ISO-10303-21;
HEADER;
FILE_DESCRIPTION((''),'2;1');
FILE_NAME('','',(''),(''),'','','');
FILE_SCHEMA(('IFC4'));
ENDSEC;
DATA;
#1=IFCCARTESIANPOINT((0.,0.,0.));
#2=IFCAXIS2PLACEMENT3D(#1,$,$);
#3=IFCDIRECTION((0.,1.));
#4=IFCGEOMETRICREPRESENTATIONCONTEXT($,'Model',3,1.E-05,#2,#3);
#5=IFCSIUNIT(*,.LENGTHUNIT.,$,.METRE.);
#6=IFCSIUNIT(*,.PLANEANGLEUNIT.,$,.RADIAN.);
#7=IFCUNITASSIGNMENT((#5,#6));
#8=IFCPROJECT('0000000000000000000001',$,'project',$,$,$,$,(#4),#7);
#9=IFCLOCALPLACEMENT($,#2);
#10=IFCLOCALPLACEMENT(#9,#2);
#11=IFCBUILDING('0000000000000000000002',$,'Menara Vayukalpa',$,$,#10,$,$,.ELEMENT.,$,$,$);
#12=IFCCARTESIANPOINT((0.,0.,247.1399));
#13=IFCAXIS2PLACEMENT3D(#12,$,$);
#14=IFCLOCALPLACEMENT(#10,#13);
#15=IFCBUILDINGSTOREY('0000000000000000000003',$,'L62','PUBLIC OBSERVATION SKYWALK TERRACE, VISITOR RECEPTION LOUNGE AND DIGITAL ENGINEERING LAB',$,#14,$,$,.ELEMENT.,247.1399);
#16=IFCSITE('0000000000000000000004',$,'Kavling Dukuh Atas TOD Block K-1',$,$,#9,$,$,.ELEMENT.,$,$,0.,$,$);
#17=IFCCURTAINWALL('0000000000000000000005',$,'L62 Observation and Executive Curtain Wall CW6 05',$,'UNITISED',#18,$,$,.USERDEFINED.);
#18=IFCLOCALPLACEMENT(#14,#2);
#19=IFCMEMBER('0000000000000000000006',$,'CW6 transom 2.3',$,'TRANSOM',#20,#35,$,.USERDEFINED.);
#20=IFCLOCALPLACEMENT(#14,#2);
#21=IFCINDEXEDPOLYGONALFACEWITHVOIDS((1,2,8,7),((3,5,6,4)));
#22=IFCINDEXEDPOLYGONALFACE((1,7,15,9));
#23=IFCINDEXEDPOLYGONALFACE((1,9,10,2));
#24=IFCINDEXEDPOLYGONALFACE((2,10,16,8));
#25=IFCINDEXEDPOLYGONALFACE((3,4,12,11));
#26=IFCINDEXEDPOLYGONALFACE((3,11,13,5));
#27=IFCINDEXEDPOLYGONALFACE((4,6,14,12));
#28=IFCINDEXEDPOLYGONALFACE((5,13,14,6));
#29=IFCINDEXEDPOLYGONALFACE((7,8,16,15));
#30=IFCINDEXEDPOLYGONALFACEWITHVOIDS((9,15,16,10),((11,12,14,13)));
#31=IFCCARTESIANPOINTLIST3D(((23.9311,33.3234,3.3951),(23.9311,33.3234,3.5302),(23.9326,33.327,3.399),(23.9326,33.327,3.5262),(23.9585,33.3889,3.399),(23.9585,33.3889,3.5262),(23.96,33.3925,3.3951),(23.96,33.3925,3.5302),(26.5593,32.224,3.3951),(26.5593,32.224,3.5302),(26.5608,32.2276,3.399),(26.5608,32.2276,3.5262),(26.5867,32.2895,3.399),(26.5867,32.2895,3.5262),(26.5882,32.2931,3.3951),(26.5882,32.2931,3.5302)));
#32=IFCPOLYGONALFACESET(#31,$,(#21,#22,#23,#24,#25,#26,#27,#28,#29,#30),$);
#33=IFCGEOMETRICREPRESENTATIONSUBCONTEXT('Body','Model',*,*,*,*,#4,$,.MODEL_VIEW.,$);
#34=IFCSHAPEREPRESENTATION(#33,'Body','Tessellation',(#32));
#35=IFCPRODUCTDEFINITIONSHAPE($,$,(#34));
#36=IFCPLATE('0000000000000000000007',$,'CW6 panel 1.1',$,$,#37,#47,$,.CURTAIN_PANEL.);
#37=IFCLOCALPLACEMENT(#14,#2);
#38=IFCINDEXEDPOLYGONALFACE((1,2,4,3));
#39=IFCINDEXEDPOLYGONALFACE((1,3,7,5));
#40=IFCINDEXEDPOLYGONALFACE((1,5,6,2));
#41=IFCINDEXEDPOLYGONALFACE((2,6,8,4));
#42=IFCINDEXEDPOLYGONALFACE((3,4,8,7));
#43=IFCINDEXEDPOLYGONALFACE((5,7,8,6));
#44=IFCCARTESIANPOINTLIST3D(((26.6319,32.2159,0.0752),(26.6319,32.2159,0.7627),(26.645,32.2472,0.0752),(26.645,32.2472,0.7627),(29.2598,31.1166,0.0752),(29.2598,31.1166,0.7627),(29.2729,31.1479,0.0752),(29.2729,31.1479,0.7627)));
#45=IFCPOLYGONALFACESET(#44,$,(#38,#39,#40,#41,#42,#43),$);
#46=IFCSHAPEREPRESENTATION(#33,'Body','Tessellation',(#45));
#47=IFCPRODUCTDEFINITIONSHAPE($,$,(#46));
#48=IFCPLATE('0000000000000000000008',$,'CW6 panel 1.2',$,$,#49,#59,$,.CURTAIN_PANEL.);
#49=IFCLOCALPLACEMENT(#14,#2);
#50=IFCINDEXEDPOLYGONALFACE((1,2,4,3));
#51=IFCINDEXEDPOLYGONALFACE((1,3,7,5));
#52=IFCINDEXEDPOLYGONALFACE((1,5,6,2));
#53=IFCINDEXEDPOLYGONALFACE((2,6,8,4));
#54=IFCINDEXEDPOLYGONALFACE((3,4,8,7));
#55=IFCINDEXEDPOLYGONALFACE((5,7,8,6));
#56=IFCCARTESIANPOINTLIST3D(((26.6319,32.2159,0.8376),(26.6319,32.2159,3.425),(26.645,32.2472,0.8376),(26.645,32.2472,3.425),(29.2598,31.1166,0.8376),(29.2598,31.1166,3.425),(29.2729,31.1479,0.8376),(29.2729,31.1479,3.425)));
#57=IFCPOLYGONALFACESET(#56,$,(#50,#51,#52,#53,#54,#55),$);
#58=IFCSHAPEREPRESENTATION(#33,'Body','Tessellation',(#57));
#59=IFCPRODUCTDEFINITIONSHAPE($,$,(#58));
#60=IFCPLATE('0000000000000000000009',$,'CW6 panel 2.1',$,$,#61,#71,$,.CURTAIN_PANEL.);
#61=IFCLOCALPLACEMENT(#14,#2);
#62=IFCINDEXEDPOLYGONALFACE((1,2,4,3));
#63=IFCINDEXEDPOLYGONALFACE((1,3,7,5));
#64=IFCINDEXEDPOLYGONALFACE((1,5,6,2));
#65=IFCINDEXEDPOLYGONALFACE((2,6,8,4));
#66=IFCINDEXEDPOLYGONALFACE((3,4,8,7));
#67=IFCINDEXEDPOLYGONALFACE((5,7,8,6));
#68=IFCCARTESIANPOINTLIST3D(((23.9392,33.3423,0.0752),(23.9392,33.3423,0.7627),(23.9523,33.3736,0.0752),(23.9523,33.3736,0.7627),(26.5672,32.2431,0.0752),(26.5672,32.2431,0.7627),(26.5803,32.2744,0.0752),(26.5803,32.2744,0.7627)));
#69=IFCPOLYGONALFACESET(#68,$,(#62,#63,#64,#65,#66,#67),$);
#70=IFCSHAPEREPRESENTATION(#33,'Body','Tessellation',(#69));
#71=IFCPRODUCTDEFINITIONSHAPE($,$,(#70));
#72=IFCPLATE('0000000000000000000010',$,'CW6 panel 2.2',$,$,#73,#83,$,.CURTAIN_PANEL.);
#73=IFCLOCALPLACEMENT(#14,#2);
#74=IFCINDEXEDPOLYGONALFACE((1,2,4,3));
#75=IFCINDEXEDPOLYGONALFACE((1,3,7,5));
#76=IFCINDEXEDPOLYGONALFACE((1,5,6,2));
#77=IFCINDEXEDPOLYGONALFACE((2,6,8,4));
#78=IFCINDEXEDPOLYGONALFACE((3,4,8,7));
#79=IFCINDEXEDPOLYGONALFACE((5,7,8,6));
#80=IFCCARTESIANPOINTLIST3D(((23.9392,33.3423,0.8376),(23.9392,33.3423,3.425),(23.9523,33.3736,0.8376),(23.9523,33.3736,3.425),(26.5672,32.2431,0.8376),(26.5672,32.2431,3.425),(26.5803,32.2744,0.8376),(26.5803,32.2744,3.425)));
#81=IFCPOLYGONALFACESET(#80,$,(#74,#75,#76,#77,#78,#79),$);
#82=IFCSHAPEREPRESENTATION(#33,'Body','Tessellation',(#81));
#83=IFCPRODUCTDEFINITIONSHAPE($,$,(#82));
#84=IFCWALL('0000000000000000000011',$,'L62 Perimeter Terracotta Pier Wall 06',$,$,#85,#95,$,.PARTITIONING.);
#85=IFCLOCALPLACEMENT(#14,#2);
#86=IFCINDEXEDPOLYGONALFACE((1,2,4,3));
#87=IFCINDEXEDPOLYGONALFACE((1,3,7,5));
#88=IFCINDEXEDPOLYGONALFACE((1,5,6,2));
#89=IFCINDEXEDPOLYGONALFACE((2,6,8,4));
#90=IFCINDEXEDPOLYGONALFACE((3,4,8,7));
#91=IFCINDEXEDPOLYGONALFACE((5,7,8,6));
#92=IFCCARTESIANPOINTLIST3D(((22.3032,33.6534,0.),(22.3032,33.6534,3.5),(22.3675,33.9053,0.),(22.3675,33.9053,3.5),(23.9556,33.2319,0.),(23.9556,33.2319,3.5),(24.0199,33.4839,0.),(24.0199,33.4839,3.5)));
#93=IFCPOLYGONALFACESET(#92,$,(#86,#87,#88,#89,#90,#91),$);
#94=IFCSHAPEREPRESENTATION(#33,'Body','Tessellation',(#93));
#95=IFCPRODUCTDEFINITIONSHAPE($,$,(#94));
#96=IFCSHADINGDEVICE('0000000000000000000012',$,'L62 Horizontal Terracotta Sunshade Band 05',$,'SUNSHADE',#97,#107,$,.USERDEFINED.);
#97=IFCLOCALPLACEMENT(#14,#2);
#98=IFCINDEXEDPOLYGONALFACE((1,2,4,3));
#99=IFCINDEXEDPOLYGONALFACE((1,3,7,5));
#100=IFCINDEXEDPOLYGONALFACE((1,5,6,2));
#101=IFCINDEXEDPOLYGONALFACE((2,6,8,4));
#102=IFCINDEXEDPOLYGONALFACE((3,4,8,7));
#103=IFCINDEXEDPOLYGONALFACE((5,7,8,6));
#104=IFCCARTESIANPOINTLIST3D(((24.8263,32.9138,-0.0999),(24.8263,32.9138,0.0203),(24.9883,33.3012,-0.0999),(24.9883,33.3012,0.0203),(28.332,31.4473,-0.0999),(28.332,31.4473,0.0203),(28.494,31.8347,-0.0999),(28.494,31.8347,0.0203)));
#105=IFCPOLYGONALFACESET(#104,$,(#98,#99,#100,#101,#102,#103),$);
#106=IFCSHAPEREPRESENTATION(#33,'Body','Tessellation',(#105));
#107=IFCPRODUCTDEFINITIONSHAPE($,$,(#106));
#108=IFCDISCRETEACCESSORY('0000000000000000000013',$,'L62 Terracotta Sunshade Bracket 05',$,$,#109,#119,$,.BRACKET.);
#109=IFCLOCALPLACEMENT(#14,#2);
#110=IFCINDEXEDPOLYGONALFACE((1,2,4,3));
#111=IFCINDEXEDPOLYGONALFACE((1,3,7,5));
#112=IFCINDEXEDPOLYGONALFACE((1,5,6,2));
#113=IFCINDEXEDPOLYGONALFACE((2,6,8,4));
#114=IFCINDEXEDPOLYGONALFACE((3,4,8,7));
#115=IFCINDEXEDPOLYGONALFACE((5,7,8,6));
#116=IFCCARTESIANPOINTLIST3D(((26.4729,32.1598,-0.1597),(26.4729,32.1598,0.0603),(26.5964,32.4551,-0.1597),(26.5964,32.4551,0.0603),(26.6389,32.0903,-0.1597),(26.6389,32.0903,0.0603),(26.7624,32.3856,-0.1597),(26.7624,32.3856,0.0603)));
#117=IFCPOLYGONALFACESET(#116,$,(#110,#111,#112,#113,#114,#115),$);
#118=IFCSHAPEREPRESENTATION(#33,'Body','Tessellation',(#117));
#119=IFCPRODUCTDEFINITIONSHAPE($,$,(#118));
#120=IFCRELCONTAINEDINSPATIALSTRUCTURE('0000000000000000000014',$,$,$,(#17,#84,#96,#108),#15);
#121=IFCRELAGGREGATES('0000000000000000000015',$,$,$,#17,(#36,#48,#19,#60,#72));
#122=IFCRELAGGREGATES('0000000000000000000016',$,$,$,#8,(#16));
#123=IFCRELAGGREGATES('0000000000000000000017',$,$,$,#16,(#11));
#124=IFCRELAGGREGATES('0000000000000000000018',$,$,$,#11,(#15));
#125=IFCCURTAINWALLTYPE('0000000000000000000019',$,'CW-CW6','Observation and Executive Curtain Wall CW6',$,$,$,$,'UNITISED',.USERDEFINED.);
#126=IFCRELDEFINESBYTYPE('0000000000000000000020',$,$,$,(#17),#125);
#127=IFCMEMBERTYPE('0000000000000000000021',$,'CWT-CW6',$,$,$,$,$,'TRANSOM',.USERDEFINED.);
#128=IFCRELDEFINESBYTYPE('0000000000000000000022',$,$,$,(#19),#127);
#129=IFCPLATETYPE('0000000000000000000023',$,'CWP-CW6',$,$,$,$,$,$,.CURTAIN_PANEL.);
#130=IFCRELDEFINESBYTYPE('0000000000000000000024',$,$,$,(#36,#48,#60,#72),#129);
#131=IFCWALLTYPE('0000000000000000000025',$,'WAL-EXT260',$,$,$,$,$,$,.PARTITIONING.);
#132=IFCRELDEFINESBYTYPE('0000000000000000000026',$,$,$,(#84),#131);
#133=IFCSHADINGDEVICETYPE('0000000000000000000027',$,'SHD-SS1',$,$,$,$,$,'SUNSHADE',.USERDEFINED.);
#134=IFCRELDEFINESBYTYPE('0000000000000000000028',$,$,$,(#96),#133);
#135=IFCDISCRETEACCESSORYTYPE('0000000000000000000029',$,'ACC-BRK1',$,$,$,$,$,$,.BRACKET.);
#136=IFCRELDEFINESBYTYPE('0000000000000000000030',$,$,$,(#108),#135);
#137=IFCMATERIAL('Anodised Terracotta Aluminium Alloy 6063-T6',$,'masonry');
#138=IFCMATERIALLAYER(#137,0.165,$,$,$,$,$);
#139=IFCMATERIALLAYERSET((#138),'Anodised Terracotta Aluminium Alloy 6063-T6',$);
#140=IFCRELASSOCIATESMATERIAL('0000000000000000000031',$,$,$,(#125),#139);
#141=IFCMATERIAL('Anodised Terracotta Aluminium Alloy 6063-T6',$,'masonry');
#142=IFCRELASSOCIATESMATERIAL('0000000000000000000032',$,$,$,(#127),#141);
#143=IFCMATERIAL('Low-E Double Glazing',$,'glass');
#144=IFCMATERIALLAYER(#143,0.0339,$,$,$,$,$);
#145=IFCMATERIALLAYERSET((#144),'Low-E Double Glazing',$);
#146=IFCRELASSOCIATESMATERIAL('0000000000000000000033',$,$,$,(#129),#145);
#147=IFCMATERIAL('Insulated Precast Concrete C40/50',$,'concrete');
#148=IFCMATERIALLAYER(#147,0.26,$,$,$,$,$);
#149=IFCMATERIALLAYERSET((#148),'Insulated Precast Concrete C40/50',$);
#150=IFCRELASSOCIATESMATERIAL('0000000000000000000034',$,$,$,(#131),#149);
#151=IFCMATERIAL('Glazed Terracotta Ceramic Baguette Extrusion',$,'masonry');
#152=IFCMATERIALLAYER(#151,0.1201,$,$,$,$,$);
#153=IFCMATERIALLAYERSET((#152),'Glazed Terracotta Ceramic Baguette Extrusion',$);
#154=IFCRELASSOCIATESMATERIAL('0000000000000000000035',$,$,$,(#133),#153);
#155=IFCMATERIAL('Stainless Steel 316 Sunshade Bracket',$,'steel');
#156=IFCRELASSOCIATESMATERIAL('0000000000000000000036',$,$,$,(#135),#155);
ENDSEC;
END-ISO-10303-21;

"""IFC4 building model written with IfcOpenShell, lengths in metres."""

from ifc_helpers import new_model, si_unit, direction, frame, frame_2d, origin, origin_2d, place, context, subcontext, project, spatial, rectangle, hollow_rectangle, extrude, material, layer, layer_set, material_profile, profile_set, type_object, element, aggregate, save


model = new_model("IFC4")

# Units and contexts
model_context = context("Model", 3, precision=1e-05, world=origin(), true_north=direction((0.0, 1.0)))
body_context = subcontext(model_context, "Body", "Model", "MODEL_VIEW")
ifc_project = project(units=[si_unit("LENGTHUNIT", "METRE"), si_unit("PLANEANGLEUNIT", "RADIAN")], contexts=[model_context])

# Site, building, storey
site_placement = place(None, origin())
site = spatial("IfcSite", under=ifc_project, at=site_placement, Name="Kavling Dukuh Atas TOD Block K-1", CompositionType="ELEMENT", RefElevation=0.0)
building_placement = place(site_placement, origin())
building = spatial("IfcBuilding", under=site, at=building_placement, Name="Menara Vayukalpa", CompositionType="ELEMENT")
storey_placement = place(building_placement, frame((0.0, 0.0, 247.1399)))
storey = spatial("IfcBuildingStorey", under=building, at=storey_placement, Name="L62", Description="PUBLIC OBSERVATION SKYWALK TERRACE, VISITOR RECEPTION LOUNGE AND DIGITAL ENGINEERING LAB", CompositionType="ELEMENT", Elevation=247.1399)

# Curtain wall, member, plates
ifc_material_1 = material(Name="Anodised Terracotta Aluminium Alloy 6063-T6", Category="masonry")
ifc_layer_1 = layer(ifc_material_1, 0.165)
ifc_layer_set_1 = layer_set([ifc_layer_1], Name="Anodised Terracotta Aluminium Alloy 6063-T6")
curtain_wall_type = type_object("IfcCurtainWallType", Name="CW-CW6", Description="Observation and Executive Curtain Wall CW6", ElementType="UNITISED", PredefinedType="USERDEFINED", material=ifc_layer_set_1)
curtain_wall_placement = place(storey_placement, origin())
curtain_wall = element("IfcCurtainWall", 1, at=curtain_wall_placement, inside=storey, type_object=curtain_wall_type, Name="L62 Observation and Executive Curtain Wall CW6 05", ObjectType="UNITISED", PredefinedType="USERDEFINED")
ifc_material_2 = material(Name="Anodised Terracotta Aluminium Alloy 6063-T6", Category="masonry")
ifc_material_profile_1 = material_profile(ifc_material_2, hollow_rectangle(XDim=0.075, YDim=0.135, WallThickness=0.0039, at=origin_2d()), Name="ALU 75x135x4")
ifc_profile_set_1 = profile_set([ifc_material_profile_1], Name="Anodised Terracotta Aluminium Alloy 6063-T6")
member_type_1 = type_object("IfcMemberType", Name="CWT-CW6", ElementType="TRANSOM", PredefinedType="USERDEFINED", material=ifc_profile_set_1)
member_1_placement = place(storey_placement, frame((26.5737, 32.2585, 3.4626), z_axis=(-0.922541, 0.385899, 0.0), x_axis=(-0.385899, -0.922541, 0.0)))
member_1 = element("IfcMember", 2, at=member_1_placement, type_object=member_type_1, Name="CW6 transom 2.3", ObjectType="TRANSOM", PredefinedType="USERDEFINED", context=body_context, shape_type="SweptSolid", body=[
    extrude(hollow_rectangle(XDim=0.075, YDim=0.135, WallThickness=0.0039, at=origin_2d()), origin(), (0.0, 0.0, 1.0), 2.8489),
])
ifc_material_3 = material(Name="Low-E Double Glazing", Category="glass")
ifc_layer_2 = layer(ifc_material_3, 0.0339)
ifc_layer_set_2 = layer_set([ifc_layer_2], Name="Low-E Double Glazing")
plate_type = type_object("IfcPlateType", Name="CWP-CW6", PredefinedType="CURTAIN_PANEL", material=ifc_layer_set_2)
plate_1_placement = place(storey_placement, frame((27.9524, 31.6819, 0.0752), z_axis=(0.0, 0.0, 1.0), x_axis=(-0.922541, 0.3859, 0.0)))
plate_1 = element("IfcPlate", 3, at=plate_1_placement, type_object=plate_type, Name="CW6 panel 1.1", PredefinedType="CURTAIN_PANEL", context=body_context, shape_type="SweptSolid", body=[
    extrude(rectangle(XDim=2.8486, YDim=0.0339, at=origin_2d()), origin(), (0.0, 0.0, 1.0), 0.6875),
])
plate_2_placement = place(storey_placement, frame((27.9524, 31.6819, 0.8376), z_axis=(0.0, 0.0, 1.0), x_axis=(-0.922541, 0.3859, 0.0)))
plate_2 = element("IfcPlate", 4, at=plate_2_placement, type_object=plate_type, Name="CW6 panel 1.2", PredefinedType="CURTAIN_PANEL", context=body_context, shape_type="SweptSolid", body=[
    extrude(rectangle(XDim=2.8486, YDim=0.0339, at=origin_2d()), origin(), (0.0, 0.0, 1.0), 2.5874),
])
plate_3_placement = place(storey_placement, frame((25.2598, 32.8083, 0.0752), z_axis=(0.0, 0.0, 1.0), x_axis=(-0.922541, 0.3859, 0.0)))
plate_3 = element("IfcPlate", 5, at=plate_3_placement, type_object=plate_type, Name="CW6 panel 2.1", PredefinedType="CURTAIN_PANEL", context=body_context, shape_type="SweptSolid", body=[
    extrude(rectangle(XDim=2.8486, YDim=0.0339, at=origin_2d()), origin(), (0.0, 0.0, 1.0), 0.6875),
])
plate_4_placement = place(storey_placement, frame((25.2598, 32.8083, 0.8376), z_axis=(0.0, 0.0, 1.0), x_axis=(-0.922541, 0.3859, 0.0)))
plate_4 = element("IfcPlate", 6, at=plate_4_placement, type_object=plate_type, Name="CW6 panel 2.2", PredefinedType="CURTAIN_PANEL", context=body_context, shape_type="SweptSolid", body=[
    extrude(rectangle(XDim=2.8486, YDim=0.0339, at=origin_2d()), origin(), (0.0, 0.0, 1.0), 2.5874),
])
aggregate(curtain_wall, [plate_1, plate_2, member_1, plate_3, plate_4])

# Wall
ifc_material_4 = material(Name="Insulated Precast Concrete C40/50", Category="concrete")
ifc_layer_3 = layer(ifc_material_4, 0.26)
ifc_layer_set_3 = layer_set([ifc_layer_3], Name="Insulated Precast Concrete C40/50")
wall_type = type_object("IfcWallType", Name="WAL-EXT260", PredefinedType="PARTITIONING", material=ifc_layer_set_3)
wall_placement = place(storey_placement, frame((22.3354, 33.7793, 0.0), z_axis=(0.0, 0.0, 1.0), x_axis=(0.968986, -0.247114, 0.0)))
element("IfcWall", 7, at=wall_placement, inside=storey, type_object=wall_type, Name="L62 Perimeter Terracotta Pier Wall 06", PredefinedType="PARTITIONING", context=body_context, shape_type="SweptSolid", body=[
    extrude(rectangle(XDim=1.7053, YDim=0.26, at=frame_2d((0.8525, 0.0))), origin(), (0.0, 0.0, 1.0), 3.5),
])

# Shading device
ifc_material_5 = material(Name="Glazed Terracotta Ceramic Baguette Extrusion", Category="masonry")
ifc_layer_4 = layer(ifc_material_5, 0.1201)
ifc_layer_set_4 = layer_set([ifc_layer_4], Name="Glazed Terracotta Ceramic Baguette Extrusion")
shading_device_type = type_object("IfcShadingDeviceType", Name="SHD-SS1", ElementType="SUNSHADE", PredefinedType="USERDEFINED", material=ifc_layer_set_4)
shading_device_placement = place(storey_placement, frame((26.6602, 32.3743, -0.0999), z_axis=(0.0, 0.0, 1.0), x_axis=(-0.922538, 0.385906, 0.0)))
element("IfcShadingDevice", 8, at=shading_device_placement, inside=storey, type_object=shading_device_type, Name="L62 Horizontal Terracotta Sunshade Band 05", ObjectType="SUNSHADE", PredefinedType="USERDEFINED", context=body_context, shape_type="SweptSolid", body=[
    extrude(rectangle(XDim=3.8, YDim=0.4199, at=origin_2d()), origin(), (0.0, 0.0, 1.0), 0.1201),
])

# Discrete accessory
ifc_material_6 = material(Name="Stainless Steel 316 Sunshade Bracket", Category="steel")
discrete_accessory_type = type_object("IfcDiscreteAccessoryType", Name="ACC-BRK1", PredefinedType="BRACKET", material=ifc_material_6)
discrete_accessory_placement = place(storey_placement, frame((26.6177, 32.2727, -0.1597), z_axis=(0.0, 0.0, 1.0), x_axis=(-0.922538, 0.385906, 0.0)))
element("IfcDiscreteAccessory", 9, at=discrete_accessory_placement, inside=storey, type_object=discrete_accessory_type, Name="L62 Terracotta Sunshade Bracket 05", PredefinedType="BRACKET", context=body_context, shape_type="SweptSolid", body=[
    extrude(rectangle(XDim=0.1799, YDim=0.3201, at=origin_2d()), origin(), (0.0, 0.0, 1.0), 0.22),
])

save(model, "model.ifc")
